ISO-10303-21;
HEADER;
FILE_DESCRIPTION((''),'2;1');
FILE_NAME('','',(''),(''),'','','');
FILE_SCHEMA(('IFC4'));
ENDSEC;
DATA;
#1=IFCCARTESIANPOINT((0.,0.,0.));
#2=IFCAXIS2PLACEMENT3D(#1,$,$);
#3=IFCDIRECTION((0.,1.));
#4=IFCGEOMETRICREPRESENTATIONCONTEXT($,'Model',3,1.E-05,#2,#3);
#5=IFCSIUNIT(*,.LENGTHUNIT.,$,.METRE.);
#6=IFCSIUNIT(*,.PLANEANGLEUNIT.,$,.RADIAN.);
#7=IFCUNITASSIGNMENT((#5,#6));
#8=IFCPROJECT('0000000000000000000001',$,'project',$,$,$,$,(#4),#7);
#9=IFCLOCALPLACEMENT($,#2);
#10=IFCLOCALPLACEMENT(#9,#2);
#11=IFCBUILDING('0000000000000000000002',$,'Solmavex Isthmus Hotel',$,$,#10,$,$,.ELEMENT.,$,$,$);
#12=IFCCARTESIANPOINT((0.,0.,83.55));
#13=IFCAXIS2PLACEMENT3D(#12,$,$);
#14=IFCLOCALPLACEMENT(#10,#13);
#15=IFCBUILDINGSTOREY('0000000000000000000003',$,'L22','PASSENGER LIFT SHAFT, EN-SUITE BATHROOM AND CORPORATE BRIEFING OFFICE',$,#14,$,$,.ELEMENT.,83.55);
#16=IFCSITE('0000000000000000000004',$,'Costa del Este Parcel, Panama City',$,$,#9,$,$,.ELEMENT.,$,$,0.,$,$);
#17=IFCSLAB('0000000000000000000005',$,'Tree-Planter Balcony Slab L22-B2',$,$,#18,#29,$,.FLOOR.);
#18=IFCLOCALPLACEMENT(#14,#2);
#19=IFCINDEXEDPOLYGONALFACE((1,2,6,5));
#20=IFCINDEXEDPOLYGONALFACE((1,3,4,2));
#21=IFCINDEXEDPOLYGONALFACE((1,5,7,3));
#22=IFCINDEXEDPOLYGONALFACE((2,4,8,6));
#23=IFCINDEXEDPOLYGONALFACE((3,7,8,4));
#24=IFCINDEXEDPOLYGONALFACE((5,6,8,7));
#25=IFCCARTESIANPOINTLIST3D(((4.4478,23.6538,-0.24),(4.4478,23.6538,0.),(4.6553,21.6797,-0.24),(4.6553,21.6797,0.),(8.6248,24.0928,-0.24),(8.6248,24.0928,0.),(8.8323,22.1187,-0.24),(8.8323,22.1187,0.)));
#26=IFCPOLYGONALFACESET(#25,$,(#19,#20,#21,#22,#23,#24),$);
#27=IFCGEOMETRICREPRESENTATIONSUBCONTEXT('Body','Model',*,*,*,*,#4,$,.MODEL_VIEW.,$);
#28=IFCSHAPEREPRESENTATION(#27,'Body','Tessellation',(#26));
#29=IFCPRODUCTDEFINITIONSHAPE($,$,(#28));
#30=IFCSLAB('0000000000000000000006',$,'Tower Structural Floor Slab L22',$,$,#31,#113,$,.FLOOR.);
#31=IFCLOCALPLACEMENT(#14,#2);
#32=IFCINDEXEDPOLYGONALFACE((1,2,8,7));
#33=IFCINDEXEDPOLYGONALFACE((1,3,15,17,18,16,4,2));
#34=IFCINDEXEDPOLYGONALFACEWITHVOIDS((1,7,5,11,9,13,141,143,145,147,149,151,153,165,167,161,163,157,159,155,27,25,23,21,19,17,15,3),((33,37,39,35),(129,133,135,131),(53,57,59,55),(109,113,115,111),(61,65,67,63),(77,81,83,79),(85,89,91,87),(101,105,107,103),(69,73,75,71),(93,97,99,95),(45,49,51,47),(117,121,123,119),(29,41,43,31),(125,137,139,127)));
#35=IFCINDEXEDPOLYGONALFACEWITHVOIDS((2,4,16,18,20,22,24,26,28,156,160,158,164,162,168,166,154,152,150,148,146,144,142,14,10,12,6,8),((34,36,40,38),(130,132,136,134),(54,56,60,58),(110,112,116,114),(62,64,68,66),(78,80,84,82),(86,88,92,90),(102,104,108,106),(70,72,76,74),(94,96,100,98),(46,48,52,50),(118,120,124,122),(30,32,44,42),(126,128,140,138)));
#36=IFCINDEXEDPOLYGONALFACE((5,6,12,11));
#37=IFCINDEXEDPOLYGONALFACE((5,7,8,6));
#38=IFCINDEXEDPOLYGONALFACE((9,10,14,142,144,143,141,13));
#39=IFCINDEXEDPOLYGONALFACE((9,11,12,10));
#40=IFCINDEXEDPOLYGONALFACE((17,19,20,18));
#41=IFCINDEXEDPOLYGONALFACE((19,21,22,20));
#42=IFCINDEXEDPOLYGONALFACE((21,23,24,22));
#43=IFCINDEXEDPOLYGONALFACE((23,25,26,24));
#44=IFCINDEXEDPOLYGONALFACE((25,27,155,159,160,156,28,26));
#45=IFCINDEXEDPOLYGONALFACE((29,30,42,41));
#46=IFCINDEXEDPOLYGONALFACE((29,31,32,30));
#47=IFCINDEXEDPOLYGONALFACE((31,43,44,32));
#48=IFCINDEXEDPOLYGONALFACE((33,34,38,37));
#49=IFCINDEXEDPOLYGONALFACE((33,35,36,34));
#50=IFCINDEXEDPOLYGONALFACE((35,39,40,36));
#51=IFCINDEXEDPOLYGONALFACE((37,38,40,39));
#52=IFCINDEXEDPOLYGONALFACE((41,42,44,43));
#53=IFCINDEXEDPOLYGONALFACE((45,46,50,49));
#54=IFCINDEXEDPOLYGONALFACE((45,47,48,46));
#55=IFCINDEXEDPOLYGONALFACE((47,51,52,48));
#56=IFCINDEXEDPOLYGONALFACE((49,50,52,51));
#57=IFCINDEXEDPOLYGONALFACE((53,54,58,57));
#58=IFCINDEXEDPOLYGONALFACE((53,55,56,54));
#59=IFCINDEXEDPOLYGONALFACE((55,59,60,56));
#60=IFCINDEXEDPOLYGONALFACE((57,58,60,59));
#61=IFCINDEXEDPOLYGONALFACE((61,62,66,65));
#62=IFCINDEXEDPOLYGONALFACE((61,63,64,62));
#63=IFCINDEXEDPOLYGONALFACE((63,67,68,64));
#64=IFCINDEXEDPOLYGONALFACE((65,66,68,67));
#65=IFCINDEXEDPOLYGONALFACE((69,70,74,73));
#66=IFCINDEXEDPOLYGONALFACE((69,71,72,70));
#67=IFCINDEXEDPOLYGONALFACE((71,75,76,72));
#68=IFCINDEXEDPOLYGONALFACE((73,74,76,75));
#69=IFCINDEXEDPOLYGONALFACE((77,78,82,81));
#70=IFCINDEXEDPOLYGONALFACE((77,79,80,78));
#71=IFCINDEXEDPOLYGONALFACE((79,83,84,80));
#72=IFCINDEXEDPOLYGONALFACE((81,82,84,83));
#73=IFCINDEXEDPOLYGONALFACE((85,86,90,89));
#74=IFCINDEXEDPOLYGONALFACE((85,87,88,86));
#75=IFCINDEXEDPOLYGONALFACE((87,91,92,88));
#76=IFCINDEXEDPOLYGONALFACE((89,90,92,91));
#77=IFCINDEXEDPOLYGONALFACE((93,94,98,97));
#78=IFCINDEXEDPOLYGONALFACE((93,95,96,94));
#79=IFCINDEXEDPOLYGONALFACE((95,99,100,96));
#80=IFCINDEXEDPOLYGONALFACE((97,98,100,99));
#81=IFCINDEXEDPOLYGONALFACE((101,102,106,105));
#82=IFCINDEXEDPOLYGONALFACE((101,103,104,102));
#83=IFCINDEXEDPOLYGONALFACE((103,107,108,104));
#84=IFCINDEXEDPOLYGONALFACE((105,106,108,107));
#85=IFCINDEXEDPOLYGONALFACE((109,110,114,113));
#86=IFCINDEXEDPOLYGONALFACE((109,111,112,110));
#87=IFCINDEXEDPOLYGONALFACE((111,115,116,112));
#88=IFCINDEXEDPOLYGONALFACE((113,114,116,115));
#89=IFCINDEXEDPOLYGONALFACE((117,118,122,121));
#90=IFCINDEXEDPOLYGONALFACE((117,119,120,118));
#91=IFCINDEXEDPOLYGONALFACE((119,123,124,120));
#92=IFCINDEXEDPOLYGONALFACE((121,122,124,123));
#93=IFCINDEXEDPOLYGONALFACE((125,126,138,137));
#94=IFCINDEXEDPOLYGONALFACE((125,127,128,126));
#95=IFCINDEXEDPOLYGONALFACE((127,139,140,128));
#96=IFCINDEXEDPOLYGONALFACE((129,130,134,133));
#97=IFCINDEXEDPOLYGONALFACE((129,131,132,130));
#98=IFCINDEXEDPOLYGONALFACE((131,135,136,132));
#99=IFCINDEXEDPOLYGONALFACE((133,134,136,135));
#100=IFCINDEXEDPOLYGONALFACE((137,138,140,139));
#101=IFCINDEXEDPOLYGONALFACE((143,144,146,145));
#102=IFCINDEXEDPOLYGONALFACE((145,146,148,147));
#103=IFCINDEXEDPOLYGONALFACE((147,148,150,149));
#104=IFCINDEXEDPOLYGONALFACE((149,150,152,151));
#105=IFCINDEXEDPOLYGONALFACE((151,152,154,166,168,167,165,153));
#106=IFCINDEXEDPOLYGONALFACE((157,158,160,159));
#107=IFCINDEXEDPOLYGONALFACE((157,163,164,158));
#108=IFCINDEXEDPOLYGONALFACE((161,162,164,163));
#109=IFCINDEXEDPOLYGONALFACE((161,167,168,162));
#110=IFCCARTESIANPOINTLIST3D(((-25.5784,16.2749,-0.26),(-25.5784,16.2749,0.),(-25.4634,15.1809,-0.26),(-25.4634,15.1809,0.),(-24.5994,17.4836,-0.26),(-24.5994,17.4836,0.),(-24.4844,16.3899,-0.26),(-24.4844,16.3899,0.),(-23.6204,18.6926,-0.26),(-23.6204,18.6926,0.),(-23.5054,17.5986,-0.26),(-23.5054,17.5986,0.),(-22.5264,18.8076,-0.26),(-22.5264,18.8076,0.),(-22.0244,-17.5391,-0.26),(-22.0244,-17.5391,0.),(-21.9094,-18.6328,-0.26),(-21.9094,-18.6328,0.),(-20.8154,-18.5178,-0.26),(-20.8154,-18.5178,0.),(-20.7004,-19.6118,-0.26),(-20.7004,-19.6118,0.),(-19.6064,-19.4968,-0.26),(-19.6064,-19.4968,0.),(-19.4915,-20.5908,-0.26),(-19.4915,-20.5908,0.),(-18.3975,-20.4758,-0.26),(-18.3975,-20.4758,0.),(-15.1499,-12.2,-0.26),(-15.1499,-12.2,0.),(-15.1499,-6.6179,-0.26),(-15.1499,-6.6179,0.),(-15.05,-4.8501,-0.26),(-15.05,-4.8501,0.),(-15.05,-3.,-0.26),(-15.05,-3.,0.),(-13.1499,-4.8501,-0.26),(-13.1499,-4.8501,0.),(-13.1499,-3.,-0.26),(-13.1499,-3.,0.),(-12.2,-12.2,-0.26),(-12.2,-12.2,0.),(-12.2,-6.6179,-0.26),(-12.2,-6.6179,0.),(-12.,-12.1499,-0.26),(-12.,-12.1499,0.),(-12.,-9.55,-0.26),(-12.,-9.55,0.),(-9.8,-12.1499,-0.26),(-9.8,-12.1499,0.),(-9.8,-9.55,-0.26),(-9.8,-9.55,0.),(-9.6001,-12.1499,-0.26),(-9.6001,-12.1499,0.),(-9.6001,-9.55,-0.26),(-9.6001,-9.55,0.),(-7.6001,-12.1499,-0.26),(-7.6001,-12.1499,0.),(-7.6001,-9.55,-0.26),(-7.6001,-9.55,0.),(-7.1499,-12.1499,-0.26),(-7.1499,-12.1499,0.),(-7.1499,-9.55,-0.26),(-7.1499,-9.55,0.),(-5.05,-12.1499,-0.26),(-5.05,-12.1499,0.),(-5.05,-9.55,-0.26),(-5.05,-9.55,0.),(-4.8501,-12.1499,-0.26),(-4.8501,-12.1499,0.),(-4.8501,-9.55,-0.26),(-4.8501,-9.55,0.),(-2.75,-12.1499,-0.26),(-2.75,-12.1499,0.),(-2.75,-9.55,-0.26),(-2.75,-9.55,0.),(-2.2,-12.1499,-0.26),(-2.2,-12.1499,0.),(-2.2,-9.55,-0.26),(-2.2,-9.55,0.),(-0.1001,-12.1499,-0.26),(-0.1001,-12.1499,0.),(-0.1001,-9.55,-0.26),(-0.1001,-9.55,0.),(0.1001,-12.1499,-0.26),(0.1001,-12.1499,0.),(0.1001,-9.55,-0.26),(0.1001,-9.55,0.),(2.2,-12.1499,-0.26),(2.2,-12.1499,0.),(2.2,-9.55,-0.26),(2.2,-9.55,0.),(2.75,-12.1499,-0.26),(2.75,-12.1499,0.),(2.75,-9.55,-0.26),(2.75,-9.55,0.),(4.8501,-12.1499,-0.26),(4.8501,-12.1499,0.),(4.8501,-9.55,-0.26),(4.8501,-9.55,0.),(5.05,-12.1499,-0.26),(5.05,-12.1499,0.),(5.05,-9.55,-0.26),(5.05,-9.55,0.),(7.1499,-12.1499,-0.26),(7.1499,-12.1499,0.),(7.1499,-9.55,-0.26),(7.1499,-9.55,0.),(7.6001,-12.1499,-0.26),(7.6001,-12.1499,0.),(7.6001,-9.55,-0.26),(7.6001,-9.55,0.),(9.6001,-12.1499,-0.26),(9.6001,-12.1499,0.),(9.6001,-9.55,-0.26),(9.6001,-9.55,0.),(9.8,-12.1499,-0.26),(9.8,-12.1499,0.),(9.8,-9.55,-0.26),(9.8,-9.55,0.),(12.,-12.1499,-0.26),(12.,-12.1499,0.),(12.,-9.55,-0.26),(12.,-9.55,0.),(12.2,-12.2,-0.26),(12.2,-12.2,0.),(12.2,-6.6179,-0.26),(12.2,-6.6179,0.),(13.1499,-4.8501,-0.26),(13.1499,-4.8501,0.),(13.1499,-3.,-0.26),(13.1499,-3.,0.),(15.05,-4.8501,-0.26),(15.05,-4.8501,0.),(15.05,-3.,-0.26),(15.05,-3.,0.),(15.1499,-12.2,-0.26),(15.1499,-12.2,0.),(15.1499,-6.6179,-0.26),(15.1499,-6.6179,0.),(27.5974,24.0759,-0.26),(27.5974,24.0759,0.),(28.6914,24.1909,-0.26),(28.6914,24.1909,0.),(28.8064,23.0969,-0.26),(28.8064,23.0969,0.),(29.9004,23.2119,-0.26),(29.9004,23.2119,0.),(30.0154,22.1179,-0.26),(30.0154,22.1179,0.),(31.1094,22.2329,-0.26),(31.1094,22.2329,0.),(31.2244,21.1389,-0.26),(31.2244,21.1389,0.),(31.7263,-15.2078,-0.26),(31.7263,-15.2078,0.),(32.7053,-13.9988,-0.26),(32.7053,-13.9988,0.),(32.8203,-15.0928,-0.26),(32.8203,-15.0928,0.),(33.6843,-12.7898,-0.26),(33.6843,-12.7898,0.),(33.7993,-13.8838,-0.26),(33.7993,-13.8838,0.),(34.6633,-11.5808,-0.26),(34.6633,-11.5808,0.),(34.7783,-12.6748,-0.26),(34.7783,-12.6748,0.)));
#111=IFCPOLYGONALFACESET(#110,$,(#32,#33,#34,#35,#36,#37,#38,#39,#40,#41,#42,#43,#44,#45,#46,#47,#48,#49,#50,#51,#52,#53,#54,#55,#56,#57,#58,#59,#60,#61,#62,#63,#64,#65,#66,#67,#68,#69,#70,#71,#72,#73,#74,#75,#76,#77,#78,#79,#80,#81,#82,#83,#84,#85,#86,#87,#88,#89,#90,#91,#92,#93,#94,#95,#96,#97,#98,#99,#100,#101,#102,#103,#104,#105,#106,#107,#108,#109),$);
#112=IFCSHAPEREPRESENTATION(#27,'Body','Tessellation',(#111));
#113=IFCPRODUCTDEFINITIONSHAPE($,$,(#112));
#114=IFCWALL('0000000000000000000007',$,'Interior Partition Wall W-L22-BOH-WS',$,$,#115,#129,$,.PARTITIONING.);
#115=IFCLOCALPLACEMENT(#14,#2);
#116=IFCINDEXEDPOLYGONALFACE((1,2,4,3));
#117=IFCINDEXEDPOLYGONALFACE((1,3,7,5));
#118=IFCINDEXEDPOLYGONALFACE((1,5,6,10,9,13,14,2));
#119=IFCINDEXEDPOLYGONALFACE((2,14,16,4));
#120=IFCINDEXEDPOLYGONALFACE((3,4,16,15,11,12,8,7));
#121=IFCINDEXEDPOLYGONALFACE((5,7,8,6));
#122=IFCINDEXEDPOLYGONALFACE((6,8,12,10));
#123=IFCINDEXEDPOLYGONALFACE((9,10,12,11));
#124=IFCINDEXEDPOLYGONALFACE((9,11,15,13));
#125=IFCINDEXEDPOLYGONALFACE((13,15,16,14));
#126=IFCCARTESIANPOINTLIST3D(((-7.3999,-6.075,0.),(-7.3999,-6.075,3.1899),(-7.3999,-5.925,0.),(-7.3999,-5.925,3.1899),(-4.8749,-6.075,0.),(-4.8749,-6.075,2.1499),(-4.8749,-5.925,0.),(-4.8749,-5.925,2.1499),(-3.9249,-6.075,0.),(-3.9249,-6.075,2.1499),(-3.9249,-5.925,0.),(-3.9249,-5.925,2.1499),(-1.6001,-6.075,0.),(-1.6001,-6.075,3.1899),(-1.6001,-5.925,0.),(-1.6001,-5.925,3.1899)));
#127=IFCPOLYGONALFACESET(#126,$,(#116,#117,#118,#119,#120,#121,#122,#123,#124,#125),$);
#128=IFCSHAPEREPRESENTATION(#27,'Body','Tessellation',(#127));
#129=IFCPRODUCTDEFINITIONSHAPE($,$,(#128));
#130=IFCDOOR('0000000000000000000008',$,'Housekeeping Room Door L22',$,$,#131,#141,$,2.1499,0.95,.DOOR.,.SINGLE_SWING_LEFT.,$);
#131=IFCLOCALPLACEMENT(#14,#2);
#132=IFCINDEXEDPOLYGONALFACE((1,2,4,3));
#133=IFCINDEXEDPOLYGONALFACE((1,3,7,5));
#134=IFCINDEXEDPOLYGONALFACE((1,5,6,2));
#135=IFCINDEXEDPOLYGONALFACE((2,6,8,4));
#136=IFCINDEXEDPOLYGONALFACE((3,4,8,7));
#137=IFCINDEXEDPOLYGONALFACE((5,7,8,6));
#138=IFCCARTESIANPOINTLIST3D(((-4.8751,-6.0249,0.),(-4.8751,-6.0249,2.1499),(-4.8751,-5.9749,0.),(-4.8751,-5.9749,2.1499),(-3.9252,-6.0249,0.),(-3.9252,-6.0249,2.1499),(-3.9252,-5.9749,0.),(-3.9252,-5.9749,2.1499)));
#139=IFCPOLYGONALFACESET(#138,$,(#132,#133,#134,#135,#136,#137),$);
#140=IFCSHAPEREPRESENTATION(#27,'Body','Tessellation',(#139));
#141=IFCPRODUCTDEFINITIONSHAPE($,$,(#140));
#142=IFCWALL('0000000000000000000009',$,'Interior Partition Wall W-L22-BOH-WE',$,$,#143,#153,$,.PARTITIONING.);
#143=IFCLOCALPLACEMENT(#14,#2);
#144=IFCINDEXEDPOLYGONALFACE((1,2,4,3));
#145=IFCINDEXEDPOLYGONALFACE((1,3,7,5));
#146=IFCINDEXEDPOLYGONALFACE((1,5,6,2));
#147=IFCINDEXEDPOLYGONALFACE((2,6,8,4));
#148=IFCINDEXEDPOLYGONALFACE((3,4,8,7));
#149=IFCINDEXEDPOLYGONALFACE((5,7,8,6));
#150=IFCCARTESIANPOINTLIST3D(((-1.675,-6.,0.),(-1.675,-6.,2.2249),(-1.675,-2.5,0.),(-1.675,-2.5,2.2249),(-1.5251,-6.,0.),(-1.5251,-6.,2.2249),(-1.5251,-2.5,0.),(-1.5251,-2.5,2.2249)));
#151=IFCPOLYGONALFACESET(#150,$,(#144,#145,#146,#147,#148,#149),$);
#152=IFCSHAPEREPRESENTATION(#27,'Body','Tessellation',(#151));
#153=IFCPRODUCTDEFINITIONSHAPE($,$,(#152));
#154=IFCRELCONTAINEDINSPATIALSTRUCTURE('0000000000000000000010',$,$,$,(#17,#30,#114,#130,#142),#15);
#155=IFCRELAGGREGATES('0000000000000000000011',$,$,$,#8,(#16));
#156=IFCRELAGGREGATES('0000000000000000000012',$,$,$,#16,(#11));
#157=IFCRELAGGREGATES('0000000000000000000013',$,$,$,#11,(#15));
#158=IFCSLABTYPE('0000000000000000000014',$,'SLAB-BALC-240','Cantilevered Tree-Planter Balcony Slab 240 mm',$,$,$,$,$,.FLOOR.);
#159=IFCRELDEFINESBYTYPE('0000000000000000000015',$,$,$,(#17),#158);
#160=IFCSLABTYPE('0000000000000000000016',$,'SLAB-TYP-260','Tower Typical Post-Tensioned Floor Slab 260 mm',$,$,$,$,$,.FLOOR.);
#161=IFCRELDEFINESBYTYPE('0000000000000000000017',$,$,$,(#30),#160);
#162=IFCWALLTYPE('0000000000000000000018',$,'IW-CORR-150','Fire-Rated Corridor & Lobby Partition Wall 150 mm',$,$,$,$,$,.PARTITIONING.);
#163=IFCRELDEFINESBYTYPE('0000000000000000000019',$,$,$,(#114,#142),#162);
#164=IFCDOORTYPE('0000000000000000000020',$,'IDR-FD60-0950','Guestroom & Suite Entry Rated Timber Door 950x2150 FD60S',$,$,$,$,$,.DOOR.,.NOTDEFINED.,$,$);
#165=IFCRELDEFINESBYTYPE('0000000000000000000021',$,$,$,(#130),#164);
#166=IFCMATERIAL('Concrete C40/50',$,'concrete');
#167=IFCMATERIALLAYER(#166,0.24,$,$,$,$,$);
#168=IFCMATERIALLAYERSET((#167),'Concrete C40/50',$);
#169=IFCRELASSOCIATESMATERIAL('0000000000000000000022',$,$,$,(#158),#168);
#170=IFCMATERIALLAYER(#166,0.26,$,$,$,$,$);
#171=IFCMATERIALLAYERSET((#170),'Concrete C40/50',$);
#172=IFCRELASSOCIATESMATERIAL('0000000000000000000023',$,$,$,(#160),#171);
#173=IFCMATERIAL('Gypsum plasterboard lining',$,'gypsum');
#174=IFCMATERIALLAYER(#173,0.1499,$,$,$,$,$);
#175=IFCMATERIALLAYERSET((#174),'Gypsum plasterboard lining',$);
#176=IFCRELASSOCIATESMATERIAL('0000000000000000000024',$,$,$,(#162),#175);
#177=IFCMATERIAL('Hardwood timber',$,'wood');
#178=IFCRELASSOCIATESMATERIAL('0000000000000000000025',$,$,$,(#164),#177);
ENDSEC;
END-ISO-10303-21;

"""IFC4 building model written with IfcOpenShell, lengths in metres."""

from ifc_helpers import new_model, si_unit, direction, frame, frame_2d, origin, place, context, subcontext, project, spatial, polyline, rectangle, outline, extrude, material, layer, layer_set, type_object, element, fill, save


model = new_model("IFC4")

# Units and contexts
model_context = context("Model", 3, precision=1e-05, world=origin(), true_north=direction((0.0, 1.0)))
body_context = subcontext(model_context, "Body", "Model", "MODEL_VIEW")
ifc_project = project(units=[si_unit("LENGTHUNIT", "METRE"), si_unit("PLANEANGLEUNIT", "RADIAN")], contexts=[model_context])

# Site, building, storey
site_placement = place(None, origin())
site = spatial("IfcSite", under=ifc_project, at=site_placement, Name="Costa del Este Parcel, Panama City", CompositionType="ELEMENT", RefElevation=0.0)
building_placement = place(site_placement, origin())
building = spatial("IfcBuilding", under=site, at=building_placement, Name="Solmavex Isthmus Hotel", CompositionType="ELEMENT")
storey_placement = place(building_placement, frame((0.0, 0.0, 83.55)))
storey = spatial("IfcBuildingStorey", under=building, at=storey_placement, Name="L22", Description="PASSENGER LIFT SHAFT, EN-SUITE BATHROOM AND CORPORATE BRIEFING OFFICE", CompositionType="ELEMENT", Elevation=83.55)

# Slabs
ifc_material_1 = material(Name="Concrete C40/50", Category="concrete")
ifc_layer_1 = layer(ifc_material_1, 0.24)
ifc_layer_set_1 = layer_set([ifc_layer_1], Name="Concrete C40/50")
slab_type_1 = type_object("IfcSlabType", Name="SLAB-BALC-240", Description="Cantilevered Tree-Planter Balcony Slab 240 mm", PredefinedType="FLOOR", material=ifc_layer_set_1)
slab_1_placement = place(storey_placement, frame((0.0, 0.0, -0.24)))
element("IfcSlab", 1, at=slab_1_placement, inside=storey, type_object=slab_type_1, Name="Tree-Planter Balcony Slab L22-B2", PredefinedType="FLOOR", context=body_context, shape_type="SweptSolid", body=[
    extrude(outline(polyline([(4.6553, 21.6797), (8.8323, 22.1187), (8.6248, 24.0928), (4.4478, 23.6538), (4.6553, 21.6797)])), origin(), (0.0, 0.0, 1.0), 0.24),
])
ifc_layer_2 = layer(ifc_material_1, 0.26)
ifc_layer_set_2 = layer_set([ifc_layer_2], Name="Concrete C40/50")
slab_type_2 = type_object("IfcSlabType", Name="SLAB-TYP-260", Description="Tower Typical Post-Tensioned Floor Slab 260 mm", PredefinedType="FLOOR", material=ifc_layer_set_2)
slab_2_placement = place(storey_placement, frame((0.0, 0.0, -0.26)))
element("IfcSlab", 2, at=slab_2_placement, inside=storey, type_object=slab_type_2, Name="Tower Structural Floor Slab L22", PredefinedType="FLOOR", context=body_context, shape_type="SweptSolid", body=[
    extrude(outline(polyline([(-18.3975, -20.4758), (31.7263, -15.2078), (32.8203, -15.0928), (32.7053, -13.9988), (33.7993, -13.8838), (33.6843, -12.7898), (34.7783, -12.6748), (34.6633, -11.5808), (31.2244, 21.1389), (31.1094, 22.2329), (30.0154, 22.1179), (29.9004, 23.2119), (28.8064, 23.0969), (28.6914, 24.1909), (27.5974, 24.0759), (-22.5264, 18.8076), (-23.6204, 18.6926), (-23.5054, 17.5986), (-24.5994, 17.4836), (-24.4844, 16.3899), (-25.5784, 16.2749), (-25.4634, 15.1809), (-22.0244, -17.5391), (-21.9094, -18.6328), (-20.8154, -18.5178), (-20.7004, -19.6118), (-19.6064, -19.4968), (-19.4915, -20.5908), (-18.3975, -20.4758)]), holes=[polyline([(-15.1499, -6.6179), (-15.1499, -12.2), (-12.2, -12.2), (-12.2, -6.6179), (-15.1499, -6.6179)]), polyline([(12.2, -6.6179), (12.2, -12.2), (15.1499, -12.2), (15.1499, -6.6179), (12.2, -6.6179)]), polyline([(-12.0, -12.1499), (-9.8, -12.1499), (-9.8, -9.55), (-12.0, -9.55), (-12.0, -12.1499)]), polyline([(9.8, -12.1499), (12.0, -12.1499), (12.0, -9.55), (9.8, -9.55), (9.8, -12.1499)]), polyline([(-9.6001, -12.1499), (-7.6001, -12.1499), (-7.6001, -9.55), (-9.6001, -9.55), (-9.6001, -12.1499)]), polyline([(7.6001, -12.1499), (9.6001, -12.1499), (9.6001, -9.55), (7.6001, -9.55), (7.6001, -12.1499)]), polyline([(-7.1499, -12.1499), (-5.05, -12.1499), (-5.05, -9.55), (-7.1499, -9.55), (-7.1499, -12.1499)]), polyline([(-4.8501, -12.1499), (-2.75, -12.1499), (-2.75, -9.55), (-4.8501, -9.55), (-4.8501, -12.1499)]), polyline([(-2.2, -12.1499), (-0.1001, -12.1499), (-0.1001, -9.55), (-2.2, -9.55), (-2.2, -12.1499)]), polyline([(0.1001, -12.1499), (2.2, -12.1499), (2.2, -9.55), (0.1001, -9.55), (0.1001, -12.1499)]), polyline([(2.75, -12.1499), (4.8501, -12.1499), (4.8501, -9.55), (2.75, -9.55), (2.75, -12.1499)]), polyline([(5.05, -12.1499), (7.1499, -12.1499), (7.1499, -9.55), (5.05, -9.55), (5.05, -12.1499)]), polyline([(-15.05, -4.8501), (-13.1499, -4.8501), (-13.1499, -3.0), (-15.05, -3.0), (-15.05, -4.8501)]), polyline([(13.1499, -4.8501), (15.05, -4.8501), (15.05, -3.0), (13.1499, -3.0), (13.1499, -4.8501)])]), origin(), (0.0, 0.0, 1.0), 0.26),
])

# Wall, opening, door
ifc_material_2 = material(Name="Gypsum plasterboard lining", Category="gypsum")
ifc_layer_3 = layer(ifc_material_2, 0.1499)
ifc_layer_set_3 = layer_set([ifc_layer_3], Name="Gypsum plasterboard lining")
wall_type_1 = type_object("IfcWallType", Name="IW-CORR-150", Description="Fire-Rated Corridor & Lobby Partition Wall 150 mm", PredefinedType="PARTITIONING", material=ifc_layer_set_3)
wall_1_placement = place(storey_placement, frame((-7.3999, -6.0, 0.0), z_axis=(0.0, 0.0, 1.0), x_axis=(1.0, 0.0, 0.0)))
wall_1 = element("IfcWall", 3, at=wall_1_placement, inside=storey, type_object=wall_type_1, Name="Interior Partition Wall W-L22-BOH-WS", PredefinedType="PARTITIONING", context=body_context, shape_type="SweptSolid", body=[
    extrude(rectangle(XDim=5.7998, YDim=0.1499, at=frame_2d((2.8999, 0.0))), origin(), (0.0, 0.0, 1.0), 3.1899),
])
opening_1_placement = place(wall_1_placement, frame((2.5249, 0.0, 0.0)))
opening_1 = element("IfcOpeningElement", 4, at=opening_1_placement, cuts=wall_1, PredefinedType="OPENING", context=body_context, shape_type="SweptSolid", body=[
    extrude(rectangle(XDim=0.95, YDim=2.1499, at=frame_2d((0.4751, 1.075))), frame((0.0, 0.085, 0.0), z_axis=(0.0, -1.0, 0.0), x_axis=(1.0, 0.0, 0.0)), (0.0, 0.0, 1.0), 0.1699),
])
ifc_material_3 = material(Name="Hardwood timber", Category="wood")
door_type_1 = type_object("IfcDoorType", Name="IDR-FD60-0950", Description="Guestroom & Suite Entry Rated Timber Door 950x2150 FD60S", OperationType="NOTDEFINED", PredefinedType="DOOR", material=ifc_material_3)
door_1_placement = place(opening_1_placement, frame((0.95, 0.0, 0.0), z_axis=(0.0, 0.0, 1.0), x_axis=(-1.0, 0.0, 0.0)))
door_1 = element("IfcDoor", 5, at=door_1_placement, inside=storey, type_object=door_type_1, Name="Housekeeping Room Door L22", OperationType="SINGLE_SWING_LEFT", OverallHeight=2.1499, OverallWidth=0.95, PredefinedType="DOOR", context=body_context, shape_type="SweptSolid", body=[
    extrude(rectangle(XDim=0.95, YDim=2.1499, at=frame_2d((0.4751, 1.075))), frame((0.0, 0.0249, 0.0), z_axis=(0.0, -1.0, 0.0), x_axis=(1.0, 0.0, 0.0)), (0.0, 0.0, 1.0), 0.05),
])
fill(opening_1, door_1)

# Wall
wall_2_placement = place(storey_placement, frame((-1.6001, -6.0, 0.0), z_axis=(0.0, 0.0, 1.0), x_axis=(0.0, 1.0, 0.0)))
element("IfcWall", 6, at=wall_2_placement, inside=storey, type_object=wall_type_1, Name="Interior Partition Wall W-L22-BOH-WE", PredefinedType="PARTITIONING", context=body_context, shape_type="SweptSolid", body=[
    extrude(rectangle(XDim=3.5, YDim=0.1499, at=frame_2d((1.75, 0.0))), origin(), (0.0, 0.0, 1.0), 2.2249),
])

save(model, "model.ifc")
